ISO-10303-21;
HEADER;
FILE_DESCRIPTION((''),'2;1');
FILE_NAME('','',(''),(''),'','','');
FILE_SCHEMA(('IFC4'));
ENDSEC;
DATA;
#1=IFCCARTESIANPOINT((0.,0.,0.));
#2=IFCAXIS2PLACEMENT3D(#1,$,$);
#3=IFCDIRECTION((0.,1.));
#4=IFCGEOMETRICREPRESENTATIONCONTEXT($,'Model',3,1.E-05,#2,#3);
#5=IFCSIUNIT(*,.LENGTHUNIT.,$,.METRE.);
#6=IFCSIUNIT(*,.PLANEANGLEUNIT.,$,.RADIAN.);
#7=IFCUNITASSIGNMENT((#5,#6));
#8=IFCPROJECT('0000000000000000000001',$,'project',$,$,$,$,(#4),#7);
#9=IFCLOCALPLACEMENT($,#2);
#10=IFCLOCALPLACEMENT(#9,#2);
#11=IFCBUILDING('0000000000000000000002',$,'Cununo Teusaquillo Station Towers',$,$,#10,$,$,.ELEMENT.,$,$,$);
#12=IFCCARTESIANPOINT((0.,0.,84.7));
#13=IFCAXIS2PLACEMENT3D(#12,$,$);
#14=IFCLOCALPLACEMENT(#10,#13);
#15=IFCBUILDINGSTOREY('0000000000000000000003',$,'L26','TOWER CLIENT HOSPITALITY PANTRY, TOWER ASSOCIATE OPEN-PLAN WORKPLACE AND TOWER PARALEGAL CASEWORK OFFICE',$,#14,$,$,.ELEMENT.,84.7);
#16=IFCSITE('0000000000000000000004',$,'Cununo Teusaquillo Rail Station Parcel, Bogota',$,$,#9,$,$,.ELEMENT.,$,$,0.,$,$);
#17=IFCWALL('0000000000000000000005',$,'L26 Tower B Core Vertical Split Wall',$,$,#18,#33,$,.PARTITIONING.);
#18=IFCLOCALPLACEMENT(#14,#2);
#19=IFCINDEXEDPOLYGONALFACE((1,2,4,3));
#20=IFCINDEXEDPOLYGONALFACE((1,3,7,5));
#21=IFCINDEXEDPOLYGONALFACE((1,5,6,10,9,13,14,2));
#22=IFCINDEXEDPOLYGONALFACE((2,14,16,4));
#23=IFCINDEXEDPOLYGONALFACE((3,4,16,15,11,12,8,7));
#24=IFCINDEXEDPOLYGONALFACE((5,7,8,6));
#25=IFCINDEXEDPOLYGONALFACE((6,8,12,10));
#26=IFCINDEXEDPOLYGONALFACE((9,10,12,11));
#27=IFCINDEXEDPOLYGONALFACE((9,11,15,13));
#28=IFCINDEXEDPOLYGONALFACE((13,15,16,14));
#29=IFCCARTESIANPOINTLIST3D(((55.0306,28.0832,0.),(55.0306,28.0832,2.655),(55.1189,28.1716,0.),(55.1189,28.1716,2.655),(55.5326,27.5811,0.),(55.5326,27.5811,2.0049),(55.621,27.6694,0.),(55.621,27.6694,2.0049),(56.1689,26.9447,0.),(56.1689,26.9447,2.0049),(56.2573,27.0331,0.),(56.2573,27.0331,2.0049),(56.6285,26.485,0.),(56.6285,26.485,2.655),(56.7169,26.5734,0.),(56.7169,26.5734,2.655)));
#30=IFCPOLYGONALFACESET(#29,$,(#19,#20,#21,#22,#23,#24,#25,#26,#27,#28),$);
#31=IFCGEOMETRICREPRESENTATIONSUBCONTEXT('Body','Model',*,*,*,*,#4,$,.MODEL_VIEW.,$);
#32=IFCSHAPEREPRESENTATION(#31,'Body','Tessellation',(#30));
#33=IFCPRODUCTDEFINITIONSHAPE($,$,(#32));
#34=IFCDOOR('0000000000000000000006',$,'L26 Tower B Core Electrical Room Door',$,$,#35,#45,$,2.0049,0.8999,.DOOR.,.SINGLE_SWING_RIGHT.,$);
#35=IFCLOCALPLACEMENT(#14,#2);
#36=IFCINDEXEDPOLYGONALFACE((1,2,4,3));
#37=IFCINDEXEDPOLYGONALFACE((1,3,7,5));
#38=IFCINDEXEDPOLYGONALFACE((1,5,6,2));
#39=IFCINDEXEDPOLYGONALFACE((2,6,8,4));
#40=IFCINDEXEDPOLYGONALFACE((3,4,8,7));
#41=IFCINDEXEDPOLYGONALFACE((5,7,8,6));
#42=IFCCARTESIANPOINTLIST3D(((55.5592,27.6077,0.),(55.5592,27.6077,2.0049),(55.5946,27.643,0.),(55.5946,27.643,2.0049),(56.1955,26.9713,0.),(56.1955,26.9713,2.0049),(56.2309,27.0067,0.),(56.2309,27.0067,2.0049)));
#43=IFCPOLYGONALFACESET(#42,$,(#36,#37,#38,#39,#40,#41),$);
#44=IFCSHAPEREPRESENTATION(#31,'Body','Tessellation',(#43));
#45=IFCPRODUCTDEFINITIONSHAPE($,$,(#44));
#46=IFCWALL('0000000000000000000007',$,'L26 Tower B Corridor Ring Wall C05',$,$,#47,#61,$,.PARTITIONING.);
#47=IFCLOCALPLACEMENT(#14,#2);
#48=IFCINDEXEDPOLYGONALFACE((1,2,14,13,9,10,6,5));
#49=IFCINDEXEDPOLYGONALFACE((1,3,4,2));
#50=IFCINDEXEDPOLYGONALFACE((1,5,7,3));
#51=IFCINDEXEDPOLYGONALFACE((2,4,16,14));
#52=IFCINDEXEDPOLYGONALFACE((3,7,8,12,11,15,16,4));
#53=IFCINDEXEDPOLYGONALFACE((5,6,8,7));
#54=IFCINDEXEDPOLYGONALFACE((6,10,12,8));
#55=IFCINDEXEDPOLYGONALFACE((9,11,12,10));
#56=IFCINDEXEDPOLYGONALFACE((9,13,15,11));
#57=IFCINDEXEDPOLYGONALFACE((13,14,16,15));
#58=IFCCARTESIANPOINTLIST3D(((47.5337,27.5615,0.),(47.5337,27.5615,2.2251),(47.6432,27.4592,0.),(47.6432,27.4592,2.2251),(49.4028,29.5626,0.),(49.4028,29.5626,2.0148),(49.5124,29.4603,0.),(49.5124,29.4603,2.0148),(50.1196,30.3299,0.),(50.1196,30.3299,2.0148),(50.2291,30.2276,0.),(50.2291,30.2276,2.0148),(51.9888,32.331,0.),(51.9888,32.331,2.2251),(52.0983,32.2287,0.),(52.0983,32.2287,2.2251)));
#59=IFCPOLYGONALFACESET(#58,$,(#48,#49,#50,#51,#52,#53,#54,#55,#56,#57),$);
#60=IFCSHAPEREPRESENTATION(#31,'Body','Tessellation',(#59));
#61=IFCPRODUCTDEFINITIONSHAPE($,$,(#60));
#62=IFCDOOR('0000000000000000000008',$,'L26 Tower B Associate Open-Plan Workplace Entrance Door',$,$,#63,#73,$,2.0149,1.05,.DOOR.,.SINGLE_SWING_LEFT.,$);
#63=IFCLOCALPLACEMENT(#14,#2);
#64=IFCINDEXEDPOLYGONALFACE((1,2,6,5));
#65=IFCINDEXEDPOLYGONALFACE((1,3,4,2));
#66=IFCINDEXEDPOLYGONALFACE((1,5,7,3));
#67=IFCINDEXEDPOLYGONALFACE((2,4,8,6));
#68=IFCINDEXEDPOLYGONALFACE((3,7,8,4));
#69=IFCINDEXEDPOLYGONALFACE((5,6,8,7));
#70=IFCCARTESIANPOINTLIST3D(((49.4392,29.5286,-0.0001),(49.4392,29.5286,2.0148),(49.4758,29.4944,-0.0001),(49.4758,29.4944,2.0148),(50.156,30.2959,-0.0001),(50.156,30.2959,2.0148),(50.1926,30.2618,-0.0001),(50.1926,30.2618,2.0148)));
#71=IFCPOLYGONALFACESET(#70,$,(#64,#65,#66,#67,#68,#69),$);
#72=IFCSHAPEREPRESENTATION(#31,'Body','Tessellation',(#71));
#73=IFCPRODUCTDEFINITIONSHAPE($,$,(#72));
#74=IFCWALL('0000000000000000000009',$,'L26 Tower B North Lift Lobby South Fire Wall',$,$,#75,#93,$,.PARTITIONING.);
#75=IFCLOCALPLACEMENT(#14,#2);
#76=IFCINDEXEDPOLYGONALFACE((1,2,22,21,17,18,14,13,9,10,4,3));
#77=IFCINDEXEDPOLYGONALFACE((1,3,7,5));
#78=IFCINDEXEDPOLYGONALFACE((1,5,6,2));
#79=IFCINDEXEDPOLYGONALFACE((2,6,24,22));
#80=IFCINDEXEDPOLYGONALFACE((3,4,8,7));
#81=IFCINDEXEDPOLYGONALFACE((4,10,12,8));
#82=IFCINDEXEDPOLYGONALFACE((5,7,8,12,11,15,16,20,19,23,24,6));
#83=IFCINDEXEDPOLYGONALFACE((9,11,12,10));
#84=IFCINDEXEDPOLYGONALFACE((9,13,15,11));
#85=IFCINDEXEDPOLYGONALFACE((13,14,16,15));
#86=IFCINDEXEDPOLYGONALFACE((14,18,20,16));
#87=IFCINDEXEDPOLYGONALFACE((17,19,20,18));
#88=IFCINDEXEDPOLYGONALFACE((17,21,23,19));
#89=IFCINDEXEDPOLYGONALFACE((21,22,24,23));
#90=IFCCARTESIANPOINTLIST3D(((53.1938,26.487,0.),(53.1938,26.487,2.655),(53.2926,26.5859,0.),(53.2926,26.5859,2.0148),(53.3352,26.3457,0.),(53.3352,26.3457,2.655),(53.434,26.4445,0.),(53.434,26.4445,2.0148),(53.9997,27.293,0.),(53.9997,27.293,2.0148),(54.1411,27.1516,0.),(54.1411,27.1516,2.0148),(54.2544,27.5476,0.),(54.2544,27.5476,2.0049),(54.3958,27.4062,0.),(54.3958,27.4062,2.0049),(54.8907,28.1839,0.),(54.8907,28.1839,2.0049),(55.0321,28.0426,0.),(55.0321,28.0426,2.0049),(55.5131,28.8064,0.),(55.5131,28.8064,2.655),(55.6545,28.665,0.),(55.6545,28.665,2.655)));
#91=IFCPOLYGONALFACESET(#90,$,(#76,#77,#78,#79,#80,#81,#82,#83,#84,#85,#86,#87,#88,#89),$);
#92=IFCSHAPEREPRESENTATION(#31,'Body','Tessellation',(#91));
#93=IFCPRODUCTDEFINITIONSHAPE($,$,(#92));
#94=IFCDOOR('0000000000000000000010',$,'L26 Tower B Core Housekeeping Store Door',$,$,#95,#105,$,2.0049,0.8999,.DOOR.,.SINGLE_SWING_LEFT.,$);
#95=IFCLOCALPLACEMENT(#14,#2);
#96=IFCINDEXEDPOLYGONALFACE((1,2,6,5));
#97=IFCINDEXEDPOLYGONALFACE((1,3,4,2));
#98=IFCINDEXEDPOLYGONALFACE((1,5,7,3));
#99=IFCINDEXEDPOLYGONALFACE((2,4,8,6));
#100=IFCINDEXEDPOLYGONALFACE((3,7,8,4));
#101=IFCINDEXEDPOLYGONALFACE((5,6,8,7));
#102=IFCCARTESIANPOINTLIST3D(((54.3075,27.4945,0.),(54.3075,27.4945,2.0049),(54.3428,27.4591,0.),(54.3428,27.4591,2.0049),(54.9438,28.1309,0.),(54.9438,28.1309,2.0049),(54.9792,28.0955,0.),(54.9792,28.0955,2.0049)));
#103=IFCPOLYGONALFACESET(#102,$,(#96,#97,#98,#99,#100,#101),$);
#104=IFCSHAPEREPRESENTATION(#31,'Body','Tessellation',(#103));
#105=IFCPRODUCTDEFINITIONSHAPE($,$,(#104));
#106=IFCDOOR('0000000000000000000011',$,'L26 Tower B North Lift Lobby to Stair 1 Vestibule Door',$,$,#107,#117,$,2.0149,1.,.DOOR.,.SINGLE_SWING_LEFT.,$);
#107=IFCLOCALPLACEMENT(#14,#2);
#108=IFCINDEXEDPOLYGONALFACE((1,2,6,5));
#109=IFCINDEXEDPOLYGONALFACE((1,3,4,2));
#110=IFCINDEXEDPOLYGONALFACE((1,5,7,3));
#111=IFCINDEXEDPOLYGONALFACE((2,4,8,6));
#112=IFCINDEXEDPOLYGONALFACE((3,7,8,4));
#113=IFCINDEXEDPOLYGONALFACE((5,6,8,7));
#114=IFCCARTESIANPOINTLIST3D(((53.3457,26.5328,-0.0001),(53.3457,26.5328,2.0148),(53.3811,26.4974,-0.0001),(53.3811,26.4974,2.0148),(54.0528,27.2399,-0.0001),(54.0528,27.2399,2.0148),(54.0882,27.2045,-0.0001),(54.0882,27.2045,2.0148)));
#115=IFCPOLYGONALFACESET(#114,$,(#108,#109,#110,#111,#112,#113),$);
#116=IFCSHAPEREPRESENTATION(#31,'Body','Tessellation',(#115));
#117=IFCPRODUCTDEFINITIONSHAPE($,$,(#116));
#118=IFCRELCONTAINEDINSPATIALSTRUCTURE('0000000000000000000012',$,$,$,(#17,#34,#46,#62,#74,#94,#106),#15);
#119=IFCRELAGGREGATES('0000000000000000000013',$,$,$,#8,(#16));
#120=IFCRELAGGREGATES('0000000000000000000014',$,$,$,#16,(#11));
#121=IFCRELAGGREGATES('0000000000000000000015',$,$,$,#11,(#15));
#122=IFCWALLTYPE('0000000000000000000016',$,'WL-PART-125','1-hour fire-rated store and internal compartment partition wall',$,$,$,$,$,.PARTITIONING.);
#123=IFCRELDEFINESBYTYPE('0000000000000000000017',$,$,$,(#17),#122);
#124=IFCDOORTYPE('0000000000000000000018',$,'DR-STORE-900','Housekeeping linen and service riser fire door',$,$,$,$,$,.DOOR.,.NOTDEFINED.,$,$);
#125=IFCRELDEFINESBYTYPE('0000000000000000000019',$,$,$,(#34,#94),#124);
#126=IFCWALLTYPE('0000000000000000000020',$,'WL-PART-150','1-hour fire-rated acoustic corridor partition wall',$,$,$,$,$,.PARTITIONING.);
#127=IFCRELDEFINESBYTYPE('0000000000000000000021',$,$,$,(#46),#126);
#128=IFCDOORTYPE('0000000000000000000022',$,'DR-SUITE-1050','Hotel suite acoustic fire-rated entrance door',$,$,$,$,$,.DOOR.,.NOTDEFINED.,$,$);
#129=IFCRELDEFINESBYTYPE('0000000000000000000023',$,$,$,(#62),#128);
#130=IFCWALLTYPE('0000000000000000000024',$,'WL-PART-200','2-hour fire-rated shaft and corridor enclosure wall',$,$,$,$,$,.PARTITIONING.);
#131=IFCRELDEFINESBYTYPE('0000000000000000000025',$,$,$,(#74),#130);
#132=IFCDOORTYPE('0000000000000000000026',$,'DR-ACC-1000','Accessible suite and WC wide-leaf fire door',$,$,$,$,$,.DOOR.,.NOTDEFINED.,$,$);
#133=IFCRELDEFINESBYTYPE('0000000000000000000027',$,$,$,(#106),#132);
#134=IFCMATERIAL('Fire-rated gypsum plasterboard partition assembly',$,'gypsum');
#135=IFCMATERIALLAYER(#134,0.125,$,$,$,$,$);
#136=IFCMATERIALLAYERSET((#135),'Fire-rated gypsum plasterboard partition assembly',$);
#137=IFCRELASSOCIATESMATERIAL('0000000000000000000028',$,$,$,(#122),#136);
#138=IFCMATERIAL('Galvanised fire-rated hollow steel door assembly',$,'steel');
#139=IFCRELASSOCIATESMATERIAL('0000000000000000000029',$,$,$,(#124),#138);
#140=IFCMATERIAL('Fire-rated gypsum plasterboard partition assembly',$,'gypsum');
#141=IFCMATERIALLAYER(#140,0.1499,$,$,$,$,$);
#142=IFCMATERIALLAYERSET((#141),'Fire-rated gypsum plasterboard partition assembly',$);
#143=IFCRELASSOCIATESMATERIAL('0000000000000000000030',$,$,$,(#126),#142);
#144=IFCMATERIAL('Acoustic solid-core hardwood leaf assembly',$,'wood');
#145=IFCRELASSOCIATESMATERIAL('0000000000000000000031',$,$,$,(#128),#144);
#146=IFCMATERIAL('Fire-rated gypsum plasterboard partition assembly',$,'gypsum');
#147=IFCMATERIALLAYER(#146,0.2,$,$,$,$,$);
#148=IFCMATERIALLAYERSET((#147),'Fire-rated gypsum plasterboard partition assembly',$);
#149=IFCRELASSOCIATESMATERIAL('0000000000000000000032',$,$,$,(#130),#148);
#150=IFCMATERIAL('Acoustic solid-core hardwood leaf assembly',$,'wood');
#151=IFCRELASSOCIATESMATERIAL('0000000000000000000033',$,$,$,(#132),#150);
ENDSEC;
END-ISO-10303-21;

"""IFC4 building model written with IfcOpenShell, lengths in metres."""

from ifc_helpers import new_model, si_unit, direction, frame, frame_2d, origin, place, context, subcontext, project, spatial, rectangle, extrude, source, transform, mapped, material, layer, layer_set, type_object, element, fill, save


model = new_model("IFC4")

# Units and contexts
model_context = context("Model", 3, precision=1e-05, world=origin(), true_north=direction((0.0, 1.0)))
body_context = subcontext(model_context, "Body", "Model", "MODEL_VIEW")
ifc_project = project(units=[si_unit("LENGTHUNIT", "METRE"), si_unit("PLANEANGLEUNIT", "RADIAN")], contexts=[model_context])

# Site, building, storey
site_placement = place(None, origin())
site = spatial("IfcSite", under=ifc_project, at=site_placement, Name="Cununo Teusaquillo Rail Station Parcel, Bogota", CompositionType="ELEMENT", RefElevation=0.0)
building_placement = place(site_placement, origin())
building = spatial("IfcBuilding", under=site, at=building_placement, Name="Cununo Teusaquillo Station Towers", CompositionType="ELEMENT")
storey_placement = place(building_placement, frame((0.0, 0.0, 84.7)))
storey = spatial("IfcBuildingStorey", under=building, at=storey_placement, Name="L26", Description="TOWER CLIENT HOSPITALITY PANTRY, TOWER ASSOCIATE OPEN-PLAN WORKPLACE AND TOWER PARALEGAL CASEWORK OFFICE", CompositionType="ELEMENT", Elevation=84.7)

# Walls, openings, doors
ifc_material_1 = material(Name="Fire-rated gypsum plasterboard partition assembly", Category="gypsum")
ifc_layer_1 = layer(ifc_material_1, 0.125)
ifc_layer_set_1 = layer_set([ifc_layer_1], Name="Fire-rated gypsum plasterboard partition assembly")
wall_type_1 = type_object("IfcWallType", Name="WL-PART-125", Description="1-hour fire-rated store and internal compartment partition wall", PredefinedType="PARTITIONING", material=ifc_layer_set_1)
wall_1_placement = place(storey_placement, frame((56.6726, 26.5293, 0.0), z_axis=(0.0, 0.0, 1.0), x_axis=(-0.707053, 0.707161, 0.0)))
wall_1 = element("IfcWall", 1, at=wall_1_placement, inside=storey, type_object=wall_type_1, Name="L26 Tower B Core Vertical Split Wall", PredefinedType="PARTITIONING", context=body_context, shape_type="SweptSolid", body=[
    extrude(rectangle(XDim=2.26, YDim=0.125, at=frame_2d((1.1299, 0.0))), origin(), (0.0, 0.0, 1.0), 2.655),
])
shared_shape_1 = source(origin(), body_context, "Body", "SweptSolid", [
    extrude(rectangle(XDim=0.8999, YDim=2.0049, at=frame_2d((0.45, 1.0024))), frame((0.0, 0.0725, 0.0), z_axis=(0.0, -1.0, 0.0), x_axis=(1.0, 0.0, 0.0)), (0.0, 0.0, 1.0), 0.145),
])
opening_1_placement = place(wall_1_placement, frame((0.6499, 0.0, 0.0)))
opening_1 = element("IfcOpeningElement", 2, at=opening_1_placement, cuts=wall_1, PredefinedType="OPENING", context=body_context, shape_type="MappedRepresentation", body=[
    mapped(shared_shape_1, transform((0.0, 0.0, 0.0), x_axis=(1.0, 0.0, 0.0), y_axis=(0.0, 1.0, 0.0), z_axis=(0.0, 0.0, 1.0), scale=1.0)),
])
ifc_material_2 = material(Name="Galvanised fire-rated hollow steel door assembly", Category="steel")
door_type_1 = type_object("IfcDoorType", Name="DR-STORE-900", Description="Housekeeping linen and service riser fire door", OperationType="NOTDEFINED", PredefinedType="DOOR", material=ifc_material_2)
shared_shape_2 = source(origin(), body_context, "Body", "SweptSolid", [
    extrude(rectangle(XDim=0.8999, YDim=2.0049, at=frame_2d((0.45, 1.0024))), frame((0.0, 0.0249, 0.0), z_axis=(0.0, -1.0, 0.0), x_axis=(1.0, 0.0, 0.0)), (0.0, 0.0, 1.0), 0.05),
])
door_1_placement = place(opening_1_placement, origin())
door_1 = element("IfcDoor", 3, at=door_1_placement, inside=storey, type_object=door_type_1, Name="L26 Tower B Core Electrical Room Door", OperationType="SINGLE_SWING_RIGHT", OverallHeight=2.0049, OverallWidth=0.8999, PredefinedType="DOOR", context=body_context, shape_type="MappedRepresentation", body=[
    mapped(shared_shape_2, transform((0.0, 0.0, 0.0), x_axis=(1.0, 0.0, 0.0), y_axis=(0.0, 1.0, 0.0), z_axis=(0.0, 0.0, 1.0), scale=1.0)),
])
fill(opening_1, door_1)
ifc_material_3 = material(Name="Fire-rated gypsum plasterboard partition assembly", Category="gypsum")
ifc_layer_2 = layer(ifc_material_3, 0.1499)
ifc_layer_set_2 = layer_set([ifc_layer_2], Name="Fire-rated gypsum plasterboard partition assembly")
wall_type_2 = type_object("IfcWallType", Name="WL-PART-150", Description="1-hour fire-rated acoustic corridor partition wall", PredefinedType="PARTITIONING", material=ifc_layer_set_2)
wall_2_placement = place(storey_placement, frame((52.0435, 32.2798, 0.0), z_axis=(0.0, 0.0, 1.0), x_axis=(-0.682606, -0.730787, 0.0)))
wall_2 = element("IfcWall", 4, at=wall_2_placement, inside=storey, type_object=wall_type_2, Name="L26 Tower B Corridor Ring Wall C05", PredefinedType="PARTITIONING", context=body_context, shape_type="SweptSolid", body=[
    extrude(rectangle(XDim=6.5266, YDim=0.1499, at=frame_2d((3.2632, 0.0))), origin(), (0.0, 0.0, 1.0), 2.2251),
])
shared_shape_3 = source(origin(), body_context, "Body", "SweptSolid", [
    extrude(rectangle(XDim=1.05, YDim=2.0149, at=frame_2d((0.5249, 1.0073))), frame((0.0, 0.085, 0.0), z_axis=(0.0, -1.0, 0.0), x_axis=(1.0, 0.0, 0.0)), (0.0, 0.0, 1.0), 0.1699),
])
opening_2_placement = place(wall_2_placement, frame((2.7383, 0.0, 0.0)))
opening_2 = element("IfcOpeningElement", 5, at=opening_2_placement, cuts=wall_2, PredefinedType="OPENING", context=body_context, shape_type="MappedRepresentation", body=[
    mapped(shared_shape_3, transform((0.0, 0.0, 0.0), x_axis=(1.0, 0.0, 0.0), y_axis=(0.0, 1.0, 0.0), z_axis=(0.0, 0.0, 1.0), scale=1.0)),
])
ifc_material_4 = material(Name="Acoustic solid-core hardwood leaf assembly", Category="wood")
door_type_2 = type_object("IfcDoorType", Name="DR-SUITE-1050", Description="Hotel suite acoustic fire-rated entrance door", OperationType="NOTDEFINED", PredefinedType="DOOR", material=ifc_material_4)
shared_shape_4 = source(origin(), body_context, "Body", "SweptSolid", [
    extrude(rectangle(XDim=1.05, YDim=2.0149, at=frame_2d((0.5249, 1.0073))), frame((0.0, 0.0249, 0.0), z_axis=(0.0, -1.0, 0.0), x_axis=(1.0, 0.0, 0.0)), (0.0, 0.0, 1.0), 0.05),
])
door_2_placement = place(opening_2_placement, origin())
door_2 = element("IfcDoor", 6, at=door_2_placement, inside=storey, type_object=door_type_2, Name="L26 Tower B Associate Open-Plan Workplace Entrance Door", OperationType="SINGLE_SWING_LEFT", OverallHeight=2.0149, OverallWidth=1.05, PredefinedType="DOOR", context=body_context, shape_type="MappedRepresentation", body=[
    mapped(shared_shape_4, transform((0.0, 0.0, 0.0), x_axis=(1.0, 0.0, 0.0), y_axis=(0.0, 1.0, 0.0), z_axis=(0.0, 0.0, 1.0), scale=1.0)),
])
fill(opening_2, door_2)

# Wall, openings, doors
ifc_material_5 = material(Name="Fire-rated gypsum plasterboard partition assembly", Category="gypsum")
ifc_layer_3 = layer(ifc_material_5, 0.2)
ifc_layer_set_3 = layer_set([ifc_layer_3], Name="Fire-rated gypsum plasterboard partition assembly")
wall_type_3 = type_object("IfcWallType", Name="WL-PART-200", Description="2-hour fire-rated shaft and corridor enclosure wall", PredefinedType="PARTITIONING", material=ifc_layer_set_3)
wall_3_placement = place(storey_placement, frame((53.2644, 26.4163, 0.0), z_axis=(0.0, 0.0, 1.0), x_axis=(0.707107, 0.707107, 0.0)))
wall_3 = element("IfcWall", 7, at=wall_3_placement, inside=storey, type_object=wall_type_3, Name="L26 Tower B North Lift Lobby South Fire Wall", PredefinedType="PARTITIONING", context=body_context, shape_type="SweptSolid", body=[
    extrude(rectangle(XDim=3.28, YDim=0.2, at=frame_2d((1.6401, 0.0))), origin(), (0.0, 0.0, 1.0), 2.655),
])
shared_shape_5 = source(origin(), body_context, "Body", "SweptSolid", [
    extrude(rectangle(XDim=1.0, YDim=2.0149, at=frame_2d((0.5, 1.0073))), frame((0.0, 0.1099, 0.0), z_axis=(0.0, -1.0, 0.0), x_axis=(1.0, 0.0, 0.0)), (0.0, 0.0, 1.0), 0.22),
])
opening_3_placement = place(wall_3_placement, frame((0.1399, 0.0, 0.0)))
opening_3 = element("IfcOpeningElement", 8, at=opening_3_placement, cuts=wall_3, PredefinedType="OPENING", context=body_context, shape_type="MappedRepresentation", body=[
    mapped(shared_shape_5, transform((0.0, 0.0, 0.0), x_axis=(1.0, 0.0, 0.0), y_axis=(0.0, 1.0, 0.0), z_axis=(0.0, 0.0, 1.0), scale=1.0)),
])
shared_shape_6 = source(origin(), body_context, "Body", "SweptSolid", [
    extrude(rectangle(XDim=0.8999, YDim=2.0049, at=frame_2d((0.45, 1.0024))), frame((0.0, 0.1099, 0.0), z_axis=(0.0, -1.0, 0.0), x_axis=(1.0, 0.0, 0.0)), (0.0, 0.0, 1.0), 0.22),
])
opening_4_placement = place(wall_3_placement, frame((1.5, 0.0, 0.0)))
opening_4 = element("IfcOpeningElement", 9, at=opening_4_placement, cuts=wall_3, PredefinedType="OPENING", context=body_context, shape_type="MappedRepresentation", body=[
    mapped(shared_shape_6, transform((0.0, 0.0, 0.0), x_axis=(1.0, 0.0, 0.0), y_axis=(0.0, 1.0, 0.0), z_axis=(0.0, 0.0, 1.0), scale=1.0)),
])
door_3_placement = place(opening_4_placement, origin())
door_3 = element("IfcDoor", 10, at=door_3_placement, inside=storey, type_object=door_type_1, Name="L26 Tower B Core Housekeeping Store Door", OperationType="SINGLE_SWING_LEFT", OverallHeight=2.0049, OverallWidth=0.8999, PredefinedType="DOOR", context=body_context, shape_type="MappedRepresentation", body=[
    mapped(shared_shape_2, transform((0.0, 0.0, 0.0), x_axis=(1.0, 0.0, 0.0), y_axis=(0.0, 1.0, 0.0), z_axis=(0.0, 0.0, 1.0), scale=1.0)),
])
fill(opening_4, door_3)
ifc_material_6 = material(Name="Acoustic solid-core hardwood leaf assembly", Category="wood")
door_type_3 = type_object("IfcDoorType", Name="DR-ACC-1000", Description="Accessible suite and WC wide-leaf fire door", OperationType="NOTDEFINED", PredefinedType="DOOR", material=ifc_material_6)
shared_shape_7 = source(origin(), body_context, "Body", "SweptSolid", [
    extrude(rectangle(XDim=1.0, YDim=2.0149, at=frame_2d((0.5, 1.0073))), frame((0.0, 0.0249, 0.0), z_axis=(0.0, -1.0, 0.0), x_axis=(1.0, 0.0, 0.0)), (0.0, 0.0, 1.0), 0.05),
])
door_4_placement = place(opening_3_placement, origin())
door_4 = element("IfcDoor", 11, at=door_4_placement, inside=storey, type_object=door_type_3, Name="L26 Tower B North Lift Lobby to Stair 1 Vestibule Door", OperationType="SINGLE_SWING_LEFT", OverallHeight=2.0149, OverallWidth=1.0, PredefinedType="DOOR", context=body_context, shape_type="MappedRepresentation", body=[
    mapped(shared_shape_7, transform((0.0, 0.0, 0.0), x_axis=(1.0, 0.0, 0.0), y_axis=(0.0, 1.0, 0.0), z_axis=(0.0, 0.0, 1.0), scale=1.0)),
])
fill(opening_3, door_4)

save(model, "model.ifc")
